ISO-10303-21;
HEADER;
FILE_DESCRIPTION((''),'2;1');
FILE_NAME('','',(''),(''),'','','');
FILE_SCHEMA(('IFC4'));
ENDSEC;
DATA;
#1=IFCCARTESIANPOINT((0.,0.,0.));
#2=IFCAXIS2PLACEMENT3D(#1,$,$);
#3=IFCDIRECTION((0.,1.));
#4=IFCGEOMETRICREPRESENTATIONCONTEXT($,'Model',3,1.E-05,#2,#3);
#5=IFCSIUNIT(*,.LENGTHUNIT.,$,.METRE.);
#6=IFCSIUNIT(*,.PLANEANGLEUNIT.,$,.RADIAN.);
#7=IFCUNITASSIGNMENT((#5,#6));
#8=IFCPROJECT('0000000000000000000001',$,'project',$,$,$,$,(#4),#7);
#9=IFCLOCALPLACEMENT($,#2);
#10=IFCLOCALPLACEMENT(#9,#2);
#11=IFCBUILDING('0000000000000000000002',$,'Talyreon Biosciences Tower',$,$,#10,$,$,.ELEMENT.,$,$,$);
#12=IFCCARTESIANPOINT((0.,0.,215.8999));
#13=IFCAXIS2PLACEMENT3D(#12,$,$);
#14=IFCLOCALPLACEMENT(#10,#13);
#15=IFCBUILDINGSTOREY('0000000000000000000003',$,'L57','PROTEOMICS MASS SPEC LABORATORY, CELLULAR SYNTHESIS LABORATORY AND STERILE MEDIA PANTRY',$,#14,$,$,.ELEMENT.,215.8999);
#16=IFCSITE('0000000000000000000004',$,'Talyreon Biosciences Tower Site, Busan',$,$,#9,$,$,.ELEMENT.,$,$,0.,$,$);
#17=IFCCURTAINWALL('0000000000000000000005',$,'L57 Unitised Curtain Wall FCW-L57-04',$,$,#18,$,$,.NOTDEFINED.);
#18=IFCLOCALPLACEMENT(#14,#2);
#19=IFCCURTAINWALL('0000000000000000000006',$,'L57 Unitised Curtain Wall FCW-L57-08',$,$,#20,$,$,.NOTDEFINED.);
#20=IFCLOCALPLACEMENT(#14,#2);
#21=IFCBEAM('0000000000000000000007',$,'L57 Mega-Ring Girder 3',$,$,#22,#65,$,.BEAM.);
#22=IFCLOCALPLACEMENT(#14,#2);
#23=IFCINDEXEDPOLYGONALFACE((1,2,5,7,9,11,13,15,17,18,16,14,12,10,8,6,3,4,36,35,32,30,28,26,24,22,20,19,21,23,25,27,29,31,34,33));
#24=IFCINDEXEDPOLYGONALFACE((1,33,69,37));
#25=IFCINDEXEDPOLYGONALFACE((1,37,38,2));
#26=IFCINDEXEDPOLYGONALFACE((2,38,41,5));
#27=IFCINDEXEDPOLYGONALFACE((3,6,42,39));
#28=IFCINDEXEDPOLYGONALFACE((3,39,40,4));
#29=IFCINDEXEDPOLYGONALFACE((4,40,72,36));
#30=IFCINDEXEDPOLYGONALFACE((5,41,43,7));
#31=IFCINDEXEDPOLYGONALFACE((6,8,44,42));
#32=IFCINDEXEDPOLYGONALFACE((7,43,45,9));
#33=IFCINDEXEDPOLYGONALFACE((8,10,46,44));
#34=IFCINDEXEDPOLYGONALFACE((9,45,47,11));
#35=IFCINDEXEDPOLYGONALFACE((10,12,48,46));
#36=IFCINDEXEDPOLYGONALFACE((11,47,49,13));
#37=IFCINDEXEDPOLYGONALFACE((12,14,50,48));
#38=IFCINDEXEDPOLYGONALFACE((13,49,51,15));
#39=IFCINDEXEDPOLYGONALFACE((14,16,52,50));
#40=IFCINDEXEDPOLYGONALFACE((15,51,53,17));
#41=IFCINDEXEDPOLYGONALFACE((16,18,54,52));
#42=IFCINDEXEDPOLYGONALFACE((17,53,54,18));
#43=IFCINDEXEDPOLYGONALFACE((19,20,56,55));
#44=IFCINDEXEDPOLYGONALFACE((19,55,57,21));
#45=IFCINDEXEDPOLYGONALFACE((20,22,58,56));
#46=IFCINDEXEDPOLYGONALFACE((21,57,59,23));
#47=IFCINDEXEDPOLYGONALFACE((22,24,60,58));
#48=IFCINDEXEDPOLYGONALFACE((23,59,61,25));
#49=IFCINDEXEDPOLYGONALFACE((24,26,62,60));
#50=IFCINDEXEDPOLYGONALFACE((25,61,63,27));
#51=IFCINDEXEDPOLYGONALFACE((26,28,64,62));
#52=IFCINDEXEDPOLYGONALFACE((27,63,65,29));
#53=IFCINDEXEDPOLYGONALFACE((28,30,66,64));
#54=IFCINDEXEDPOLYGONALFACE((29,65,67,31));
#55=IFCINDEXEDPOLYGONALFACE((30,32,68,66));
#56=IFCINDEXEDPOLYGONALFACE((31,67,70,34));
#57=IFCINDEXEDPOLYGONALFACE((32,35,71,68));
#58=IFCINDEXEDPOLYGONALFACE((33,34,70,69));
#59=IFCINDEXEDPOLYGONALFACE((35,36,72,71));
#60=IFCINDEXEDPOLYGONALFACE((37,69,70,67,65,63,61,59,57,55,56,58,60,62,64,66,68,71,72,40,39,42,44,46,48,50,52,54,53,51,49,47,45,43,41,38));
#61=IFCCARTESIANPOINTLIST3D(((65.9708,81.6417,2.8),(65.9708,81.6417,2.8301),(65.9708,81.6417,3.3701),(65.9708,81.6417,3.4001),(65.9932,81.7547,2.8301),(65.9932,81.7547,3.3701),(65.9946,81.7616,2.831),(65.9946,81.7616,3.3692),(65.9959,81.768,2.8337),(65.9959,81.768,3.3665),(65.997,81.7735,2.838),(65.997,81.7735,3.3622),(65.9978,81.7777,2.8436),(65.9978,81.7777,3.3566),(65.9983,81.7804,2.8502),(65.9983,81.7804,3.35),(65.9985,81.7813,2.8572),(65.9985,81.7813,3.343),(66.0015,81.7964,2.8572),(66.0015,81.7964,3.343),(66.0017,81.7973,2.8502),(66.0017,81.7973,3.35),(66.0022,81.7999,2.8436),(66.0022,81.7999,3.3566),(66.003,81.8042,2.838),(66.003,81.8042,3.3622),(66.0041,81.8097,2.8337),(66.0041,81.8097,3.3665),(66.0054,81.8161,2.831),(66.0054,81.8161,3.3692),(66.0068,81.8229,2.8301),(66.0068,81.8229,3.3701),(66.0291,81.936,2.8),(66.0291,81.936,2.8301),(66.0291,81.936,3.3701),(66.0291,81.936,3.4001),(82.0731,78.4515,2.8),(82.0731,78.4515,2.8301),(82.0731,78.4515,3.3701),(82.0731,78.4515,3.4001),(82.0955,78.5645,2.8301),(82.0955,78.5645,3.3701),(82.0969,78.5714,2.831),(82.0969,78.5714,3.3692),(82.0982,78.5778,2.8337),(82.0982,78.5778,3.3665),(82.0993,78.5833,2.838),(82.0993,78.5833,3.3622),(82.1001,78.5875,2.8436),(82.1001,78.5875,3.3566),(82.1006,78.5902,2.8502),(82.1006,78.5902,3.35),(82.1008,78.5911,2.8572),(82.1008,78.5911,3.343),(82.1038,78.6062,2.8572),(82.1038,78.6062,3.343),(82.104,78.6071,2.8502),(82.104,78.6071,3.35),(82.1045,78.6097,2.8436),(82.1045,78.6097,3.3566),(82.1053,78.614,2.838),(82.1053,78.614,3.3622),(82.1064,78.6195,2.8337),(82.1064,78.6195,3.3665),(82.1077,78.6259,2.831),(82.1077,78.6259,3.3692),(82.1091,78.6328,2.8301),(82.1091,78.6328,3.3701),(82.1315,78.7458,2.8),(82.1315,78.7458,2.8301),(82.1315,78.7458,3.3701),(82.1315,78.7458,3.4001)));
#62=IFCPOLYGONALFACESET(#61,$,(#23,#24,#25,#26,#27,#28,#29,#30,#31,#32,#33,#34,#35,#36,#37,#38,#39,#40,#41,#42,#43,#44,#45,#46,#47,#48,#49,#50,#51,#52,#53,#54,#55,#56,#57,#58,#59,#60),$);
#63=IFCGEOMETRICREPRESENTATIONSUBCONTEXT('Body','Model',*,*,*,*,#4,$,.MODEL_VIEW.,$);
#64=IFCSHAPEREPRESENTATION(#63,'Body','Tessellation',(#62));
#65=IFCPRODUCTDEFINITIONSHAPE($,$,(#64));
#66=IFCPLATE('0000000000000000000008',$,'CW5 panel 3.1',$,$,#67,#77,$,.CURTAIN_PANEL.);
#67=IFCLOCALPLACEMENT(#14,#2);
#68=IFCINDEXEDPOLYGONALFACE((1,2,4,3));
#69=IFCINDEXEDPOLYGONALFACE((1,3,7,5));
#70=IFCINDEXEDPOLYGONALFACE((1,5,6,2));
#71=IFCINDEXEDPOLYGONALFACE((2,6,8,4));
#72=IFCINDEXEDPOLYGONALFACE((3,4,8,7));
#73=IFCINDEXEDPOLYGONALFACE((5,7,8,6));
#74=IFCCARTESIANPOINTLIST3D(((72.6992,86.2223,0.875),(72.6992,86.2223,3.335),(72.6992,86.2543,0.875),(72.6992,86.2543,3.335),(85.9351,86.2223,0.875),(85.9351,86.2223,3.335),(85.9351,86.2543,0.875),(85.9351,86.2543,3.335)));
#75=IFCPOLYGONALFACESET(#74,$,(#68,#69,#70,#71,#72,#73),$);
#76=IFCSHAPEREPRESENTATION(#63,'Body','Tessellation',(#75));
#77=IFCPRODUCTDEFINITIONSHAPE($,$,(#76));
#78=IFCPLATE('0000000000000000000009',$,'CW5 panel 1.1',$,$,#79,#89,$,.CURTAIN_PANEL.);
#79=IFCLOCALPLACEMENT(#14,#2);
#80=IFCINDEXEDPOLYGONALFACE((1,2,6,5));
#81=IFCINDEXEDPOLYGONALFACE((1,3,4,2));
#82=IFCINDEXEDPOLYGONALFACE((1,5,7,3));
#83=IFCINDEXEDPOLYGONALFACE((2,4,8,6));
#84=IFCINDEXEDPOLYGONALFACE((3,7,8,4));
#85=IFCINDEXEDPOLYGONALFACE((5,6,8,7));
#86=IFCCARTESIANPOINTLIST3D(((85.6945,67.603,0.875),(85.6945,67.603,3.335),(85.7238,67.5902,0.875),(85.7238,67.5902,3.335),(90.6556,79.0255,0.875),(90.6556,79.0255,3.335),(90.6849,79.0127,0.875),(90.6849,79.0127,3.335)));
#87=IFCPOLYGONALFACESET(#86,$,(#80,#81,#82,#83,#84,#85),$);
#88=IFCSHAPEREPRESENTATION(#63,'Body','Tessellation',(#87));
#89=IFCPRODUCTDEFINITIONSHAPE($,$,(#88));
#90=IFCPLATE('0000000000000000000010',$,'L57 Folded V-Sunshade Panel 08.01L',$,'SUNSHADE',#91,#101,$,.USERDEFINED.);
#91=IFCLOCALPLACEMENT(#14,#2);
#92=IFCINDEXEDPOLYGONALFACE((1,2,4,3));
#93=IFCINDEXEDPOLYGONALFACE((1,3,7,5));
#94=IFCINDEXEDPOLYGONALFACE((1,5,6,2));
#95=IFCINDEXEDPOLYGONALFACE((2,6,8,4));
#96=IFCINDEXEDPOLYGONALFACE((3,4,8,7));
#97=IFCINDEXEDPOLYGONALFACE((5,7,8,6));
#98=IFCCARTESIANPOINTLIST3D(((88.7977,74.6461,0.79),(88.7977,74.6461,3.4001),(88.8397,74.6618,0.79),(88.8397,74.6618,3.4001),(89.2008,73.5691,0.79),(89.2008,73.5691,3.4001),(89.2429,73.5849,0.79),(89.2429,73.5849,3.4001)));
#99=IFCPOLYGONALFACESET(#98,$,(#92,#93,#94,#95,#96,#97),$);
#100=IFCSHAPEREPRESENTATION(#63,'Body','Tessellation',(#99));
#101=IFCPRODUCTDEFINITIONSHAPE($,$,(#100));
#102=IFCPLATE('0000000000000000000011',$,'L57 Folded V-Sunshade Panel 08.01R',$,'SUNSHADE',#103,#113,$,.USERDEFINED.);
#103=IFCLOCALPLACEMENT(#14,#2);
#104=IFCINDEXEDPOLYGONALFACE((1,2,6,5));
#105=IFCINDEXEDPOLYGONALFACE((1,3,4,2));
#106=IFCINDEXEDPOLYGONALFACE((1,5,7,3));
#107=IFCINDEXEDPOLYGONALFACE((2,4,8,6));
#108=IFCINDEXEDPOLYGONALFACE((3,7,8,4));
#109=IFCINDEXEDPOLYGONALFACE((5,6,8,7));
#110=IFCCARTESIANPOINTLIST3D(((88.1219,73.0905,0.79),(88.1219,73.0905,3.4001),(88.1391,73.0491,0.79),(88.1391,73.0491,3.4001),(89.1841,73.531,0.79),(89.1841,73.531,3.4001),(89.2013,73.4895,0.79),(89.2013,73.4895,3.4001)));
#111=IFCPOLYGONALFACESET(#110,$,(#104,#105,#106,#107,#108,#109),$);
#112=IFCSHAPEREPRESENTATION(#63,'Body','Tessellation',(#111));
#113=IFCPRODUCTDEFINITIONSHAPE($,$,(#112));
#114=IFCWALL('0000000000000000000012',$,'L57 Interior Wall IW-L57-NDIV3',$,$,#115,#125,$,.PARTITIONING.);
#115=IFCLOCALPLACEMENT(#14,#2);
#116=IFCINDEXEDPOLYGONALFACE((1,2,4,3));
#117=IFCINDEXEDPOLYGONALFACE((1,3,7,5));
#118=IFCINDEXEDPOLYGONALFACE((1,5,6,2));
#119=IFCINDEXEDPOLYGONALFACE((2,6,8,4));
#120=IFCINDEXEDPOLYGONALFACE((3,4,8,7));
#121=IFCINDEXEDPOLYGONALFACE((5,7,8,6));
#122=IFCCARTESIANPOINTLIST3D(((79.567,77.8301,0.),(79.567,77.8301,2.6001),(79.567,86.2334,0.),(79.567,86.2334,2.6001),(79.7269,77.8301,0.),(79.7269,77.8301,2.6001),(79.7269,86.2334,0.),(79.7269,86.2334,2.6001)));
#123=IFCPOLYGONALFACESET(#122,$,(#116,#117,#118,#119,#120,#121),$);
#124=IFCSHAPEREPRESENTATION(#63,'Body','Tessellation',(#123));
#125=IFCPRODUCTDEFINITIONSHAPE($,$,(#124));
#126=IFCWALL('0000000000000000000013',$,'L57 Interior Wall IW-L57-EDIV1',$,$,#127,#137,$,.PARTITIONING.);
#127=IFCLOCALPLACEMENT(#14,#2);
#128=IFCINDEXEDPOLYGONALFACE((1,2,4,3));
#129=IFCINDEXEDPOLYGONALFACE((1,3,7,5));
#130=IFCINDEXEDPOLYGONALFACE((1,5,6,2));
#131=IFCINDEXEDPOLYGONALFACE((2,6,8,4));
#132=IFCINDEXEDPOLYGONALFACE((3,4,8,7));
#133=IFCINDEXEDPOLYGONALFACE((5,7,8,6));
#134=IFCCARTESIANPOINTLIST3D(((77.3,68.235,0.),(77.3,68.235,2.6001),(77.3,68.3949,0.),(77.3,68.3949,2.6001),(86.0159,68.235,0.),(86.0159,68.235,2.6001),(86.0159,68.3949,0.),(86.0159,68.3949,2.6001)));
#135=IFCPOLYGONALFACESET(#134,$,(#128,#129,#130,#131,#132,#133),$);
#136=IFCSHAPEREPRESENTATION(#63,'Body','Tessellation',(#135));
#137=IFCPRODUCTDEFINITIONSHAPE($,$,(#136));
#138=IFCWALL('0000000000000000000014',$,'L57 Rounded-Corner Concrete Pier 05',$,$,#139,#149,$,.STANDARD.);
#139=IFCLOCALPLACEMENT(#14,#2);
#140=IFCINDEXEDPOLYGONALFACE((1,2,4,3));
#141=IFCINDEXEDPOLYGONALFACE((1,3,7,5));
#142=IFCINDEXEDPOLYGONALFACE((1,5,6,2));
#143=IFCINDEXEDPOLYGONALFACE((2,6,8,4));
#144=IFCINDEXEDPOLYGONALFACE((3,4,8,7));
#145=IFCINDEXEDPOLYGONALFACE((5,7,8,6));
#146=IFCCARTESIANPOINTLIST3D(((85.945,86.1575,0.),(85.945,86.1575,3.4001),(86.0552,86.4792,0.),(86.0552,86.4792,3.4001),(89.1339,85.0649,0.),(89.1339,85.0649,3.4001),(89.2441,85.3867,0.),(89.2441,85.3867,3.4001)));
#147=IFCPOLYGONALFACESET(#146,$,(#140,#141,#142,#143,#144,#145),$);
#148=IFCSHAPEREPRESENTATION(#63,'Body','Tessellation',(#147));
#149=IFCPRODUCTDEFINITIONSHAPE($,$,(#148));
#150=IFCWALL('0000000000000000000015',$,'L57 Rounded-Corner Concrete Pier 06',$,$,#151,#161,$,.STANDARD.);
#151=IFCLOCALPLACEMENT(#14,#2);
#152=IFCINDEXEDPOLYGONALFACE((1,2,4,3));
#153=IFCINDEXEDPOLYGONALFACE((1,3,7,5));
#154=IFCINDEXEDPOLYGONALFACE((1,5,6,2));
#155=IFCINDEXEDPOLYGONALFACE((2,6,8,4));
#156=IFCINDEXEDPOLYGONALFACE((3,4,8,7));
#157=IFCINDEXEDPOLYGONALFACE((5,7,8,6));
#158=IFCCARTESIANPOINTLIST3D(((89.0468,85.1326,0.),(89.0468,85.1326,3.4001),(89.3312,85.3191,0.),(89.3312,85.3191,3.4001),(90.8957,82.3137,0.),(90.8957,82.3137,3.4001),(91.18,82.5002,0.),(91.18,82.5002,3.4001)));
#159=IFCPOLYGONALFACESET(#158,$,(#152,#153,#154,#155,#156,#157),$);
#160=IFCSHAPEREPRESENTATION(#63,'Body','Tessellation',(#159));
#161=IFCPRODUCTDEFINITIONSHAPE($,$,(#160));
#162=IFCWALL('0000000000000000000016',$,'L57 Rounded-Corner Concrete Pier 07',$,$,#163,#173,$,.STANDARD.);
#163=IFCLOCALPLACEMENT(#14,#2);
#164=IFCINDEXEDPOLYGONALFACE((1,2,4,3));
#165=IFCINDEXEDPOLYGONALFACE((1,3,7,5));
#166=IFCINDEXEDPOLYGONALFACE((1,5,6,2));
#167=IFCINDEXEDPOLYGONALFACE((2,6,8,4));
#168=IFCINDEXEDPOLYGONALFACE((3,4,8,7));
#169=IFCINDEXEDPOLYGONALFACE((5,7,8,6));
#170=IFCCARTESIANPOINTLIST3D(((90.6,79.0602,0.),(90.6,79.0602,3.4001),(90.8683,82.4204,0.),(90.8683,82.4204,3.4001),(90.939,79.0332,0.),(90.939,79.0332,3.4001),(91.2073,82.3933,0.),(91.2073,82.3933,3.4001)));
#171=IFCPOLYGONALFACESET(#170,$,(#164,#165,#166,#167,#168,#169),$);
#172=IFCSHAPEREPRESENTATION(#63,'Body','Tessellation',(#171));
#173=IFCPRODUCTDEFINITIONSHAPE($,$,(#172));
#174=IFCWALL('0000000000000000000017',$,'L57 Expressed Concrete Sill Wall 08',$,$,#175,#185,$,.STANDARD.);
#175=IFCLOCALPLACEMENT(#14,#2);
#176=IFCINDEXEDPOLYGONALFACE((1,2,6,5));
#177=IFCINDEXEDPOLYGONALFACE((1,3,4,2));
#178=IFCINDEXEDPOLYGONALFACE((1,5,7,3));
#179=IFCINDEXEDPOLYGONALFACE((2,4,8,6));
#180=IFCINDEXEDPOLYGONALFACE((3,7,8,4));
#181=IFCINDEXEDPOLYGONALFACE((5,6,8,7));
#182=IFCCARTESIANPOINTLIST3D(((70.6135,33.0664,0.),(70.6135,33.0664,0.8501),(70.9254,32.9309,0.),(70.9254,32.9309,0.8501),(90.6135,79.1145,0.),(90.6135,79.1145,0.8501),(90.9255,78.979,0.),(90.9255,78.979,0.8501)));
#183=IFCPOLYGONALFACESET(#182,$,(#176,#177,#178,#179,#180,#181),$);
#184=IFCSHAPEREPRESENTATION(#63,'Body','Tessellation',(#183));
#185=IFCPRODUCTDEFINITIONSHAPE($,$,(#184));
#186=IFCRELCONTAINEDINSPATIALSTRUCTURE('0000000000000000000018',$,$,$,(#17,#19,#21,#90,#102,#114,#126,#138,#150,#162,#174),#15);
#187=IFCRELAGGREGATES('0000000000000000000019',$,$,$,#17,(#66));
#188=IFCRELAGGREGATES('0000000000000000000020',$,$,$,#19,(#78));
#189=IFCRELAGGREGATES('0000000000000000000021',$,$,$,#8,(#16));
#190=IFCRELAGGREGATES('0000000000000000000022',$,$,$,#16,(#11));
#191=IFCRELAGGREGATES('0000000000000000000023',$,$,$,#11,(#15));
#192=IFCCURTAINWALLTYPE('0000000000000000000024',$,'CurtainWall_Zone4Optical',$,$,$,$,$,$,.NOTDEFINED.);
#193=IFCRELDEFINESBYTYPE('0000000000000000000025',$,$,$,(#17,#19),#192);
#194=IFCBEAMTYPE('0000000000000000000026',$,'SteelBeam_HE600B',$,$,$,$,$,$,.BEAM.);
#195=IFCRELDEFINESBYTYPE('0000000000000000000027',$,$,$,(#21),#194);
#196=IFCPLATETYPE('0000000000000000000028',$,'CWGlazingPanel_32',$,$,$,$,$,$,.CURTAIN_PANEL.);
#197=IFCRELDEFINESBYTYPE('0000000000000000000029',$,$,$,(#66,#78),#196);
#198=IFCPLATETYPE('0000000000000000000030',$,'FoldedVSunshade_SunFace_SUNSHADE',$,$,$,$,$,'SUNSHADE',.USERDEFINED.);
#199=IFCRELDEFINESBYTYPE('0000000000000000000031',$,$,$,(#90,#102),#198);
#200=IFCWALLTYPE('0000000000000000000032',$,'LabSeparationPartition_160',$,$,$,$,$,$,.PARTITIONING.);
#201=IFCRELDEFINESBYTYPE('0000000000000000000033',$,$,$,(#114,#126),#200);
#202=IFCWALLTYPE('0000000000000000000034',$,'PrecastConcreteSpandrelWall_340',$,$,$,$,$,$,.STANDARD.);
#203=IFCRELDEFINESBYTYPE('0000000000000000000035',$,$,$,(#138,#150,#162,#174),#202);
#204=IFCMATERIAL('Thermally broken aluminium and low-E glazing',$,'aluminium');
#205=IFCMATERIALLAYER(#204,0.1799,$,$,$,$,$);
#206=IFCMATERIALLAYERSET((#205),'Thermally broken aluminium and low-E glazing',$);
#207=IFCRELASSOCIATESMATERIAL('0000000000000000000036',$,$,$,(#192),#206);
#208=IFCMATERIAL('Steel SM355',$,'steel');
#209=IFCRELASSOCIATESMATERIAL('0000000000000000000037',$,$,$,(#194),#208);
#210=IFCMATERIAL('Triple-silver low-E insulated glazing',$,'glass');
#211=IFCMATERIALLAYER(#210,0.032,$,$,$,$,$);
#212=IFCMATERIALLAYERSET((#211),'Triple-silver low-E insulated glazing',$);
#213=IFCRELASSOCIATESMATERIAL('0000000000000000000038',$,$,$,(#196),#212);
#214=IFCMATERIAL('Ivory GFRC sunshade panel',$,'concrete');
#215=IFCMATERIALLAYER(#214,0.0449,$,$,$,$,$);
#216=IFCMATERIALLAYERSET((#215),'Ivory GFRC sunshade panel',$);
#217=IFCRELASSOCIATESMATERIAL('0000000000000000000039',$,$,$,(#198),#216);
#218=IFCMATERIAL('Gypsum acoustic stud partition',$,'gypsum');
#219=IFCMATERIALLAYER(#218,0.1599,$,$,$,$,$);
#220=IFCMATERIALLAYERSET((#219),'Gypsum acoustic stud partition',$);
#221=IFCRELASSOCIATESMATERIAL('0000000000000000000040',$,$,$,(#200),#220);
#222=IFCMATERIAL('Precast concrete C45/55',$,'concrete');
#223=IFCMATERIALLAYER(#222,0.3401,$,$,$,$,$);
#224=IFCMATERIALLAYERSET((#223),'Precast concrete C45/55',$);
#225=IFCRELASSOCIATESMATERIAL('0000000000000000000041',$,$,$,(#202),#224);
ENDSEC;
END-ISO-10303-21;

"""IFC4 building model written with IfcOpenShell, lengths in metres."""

from ifc_helpers import new_model, si_unit, direction, frame, frame_2d, origin, origin_2d, place, context, subcontext, project, spatial, rectangle, i_section, extrude, material, layer, layer_set, material_profile, profile_set, type_object, element, aggregate, save


model = new_model("IFC4")

# Units and contexts
model_context = context("Model", 3, precision=1e-05, world=origin(), true_north=direction((0.0, 1.0)))
body_context = subcontext(model_context, "Body", "Model", "MODEL_VIEW")
ifc_project = project(units=[si_unit("LENGTHUNIT", "METRE"), si_unit("PLANEANGLEUNIT", "RADIAN")], contexts=[model_context])

# Site, building, storey
site_placement = place(None, origin())
site = spatial("IfcSite", under=ifc_project, at=site_placement, Name="Talyreon Biosciences Tower Site, Busan", CompositionType="ELEMENT", RefElevation=0.0)
building_placement = place(site_placement, origin())
building = spatial("IfcBuilding", under=site, at=building_placement, Name="Talyreon Biosciences Tower", CompositionType="ELEMENT")
storey_placement = place(building_placement, frame((0.0, 0.0, 215.8999)))
storey = spatial("IfcBuildingStorey", under=building, at=storey_placement, Name="L57", Description="PROTEOMICS MASS SPEC LABORATORY, CELLULAR SYNTHESIS LABORATORY AND STERILE MEDIA PANTRY", CompositionType="ELEMENT", Elevation=215.8999)

# Curtain wall
ifc_material_1 = material(Name="Thermally broken aluminium and low-E glazing", Category="aluminium")
ifc_layer_1 = layer(ifc_material_1, 0.1799)
ifc_layer_set_1 = layer_set([ifc_layer_1], Name="Thermally broken aluminium and low-E glazing")
curtain_wall_type = type_object("IfcCurtainWallType", Name="CurtainWall_Zone4Optical", PredefinedType="NOTDEFINED", material=ifc_layer_set_1)
curtain_wall_1_placement = place(storey_placement, origin())
curtain_wall_1 = element("IfcCurtainWall", 1, at=curtain_wall_1_placement, inside=storey, type_object=curtain_wall_type, Name="L57 Unitised Curtain Wall FCW-L57-04", PredefinedType="NOTDEFINED")

# Curtain wall
curtain_wall_2_placement = place(storey_placement, origin())
curtain_wall_2 = element("IfcCurtainWall", 2, at=curtain_wall_2_placement, inside=storey, type_object=curtain_wall_type, Name="L57 Unitised Curtain Wall FCW-L57-08", PredefinedType="NOTDEFINED")

# Beam
ifc_material_2 = material(Name="Precast concrete C45/55", Category="concrete")
ifc_material_3 = material(Name="Steel SM355", Category="steel")
ifc_material_profile_1 = material_profile(ifc_material_3, i_section(OverallWidth=0.3, OverallDepth=0.6001, WebThickness=0.0154, FlangeThickness=0.03, FilletRadius=0.0271, at=origin_2d()), Name="HE600B")
ifc_profile_set_1 = profile_set([ifc_material_profile_1], Name="Steel SM355")
beam_type_1 = type_object("IfcBeamType", Name="SteelBeam_HE600B", PredefinedType="BEAM", material=ifc_profile_set_1)
beam_1_placement = place(storey_placement, frame((82.1023, 78.5986, 3.1001), z_axis=(-0.980934, 0.194343, 0.0), x_axis=(-0.194343, -0.980934, 0.0)))
element("IfcBeam", 3, at=beam_1_placement, inside=storey, type_object=beam_type_1, Name="L57 Mega-Ring Girder 3", PredefinedType="BEAM", context=body_context, shape_type="SweptSolid", body=[
    extrude(i_section(OverallWidth=0.3, OverallDepth=0.6001, WebThickness=0.0154, FlangeThickness=0.03, FilletRadius=0.0271, at=origin_2d()), origin(), (0.0, 0.0, 1.0), 16.4153),
])

# Plates
ifc_material_4 = material(Name="Triple-silver low-E insulated glazing", Category="glass")
ifc_layer_2 = layer(ifc_material_4, 0.032)
ifc_layer_set_2 = layer_set([ifc_layer_2], Name="Triple-silver low-E insulated glazing")
plate_type_1 = type_object("IfcPlateType", Name="CWGlazingPanel_32", PredefinedType="CURTAIN_PANEL", material=ifc_layer_set_2)
plate_1_placement = place(storey_placement, frame((79.3171, 86.2383, 0.875), z_axis=(0.0, 0.0, 1.0), x_axis=(1.0, 0.0, 0.0)))
plate_1 = element("IfcPlate", 4, at=plate_1_placement, type_object=plate_type_1, Name="CW5 panel 3.1", PredefinedType="CURTAIN_PANEL", context=body_context, shape_type="SweptSolid", body=[
    extrude(rectangle(XDim=13.2358, YDim=0.032, at=origin_2d()), origin(), (0.0, 0.0, 1.0), 2.46),
])
aggregate(curtain_wall_1, [plate_1])
plate_2_placement = place(storey_placement, frame((88.1897, 73.3079, 0.875), z_axis=(0.0, 0.0, 1.0), x_axis=(-0.398376, -0.917222, 0.0)))
plate_2 = element("IfcPlate", 5, at=plate_2_placement, type_object=plate_type_1, Name="CW5 panel 1.1", PredefinedType="CURTAIN_PANEL", context=body_context, shape_type="SweptSolid", body=[
    extrude(rectangle(XDim=12.4534, YDim=0.032, at=origin_2d()), origin(), (0.0, 0.0, 1.0), 2.46),
])
aggregate(curtain_wall_2, [plate_2])

# Plates
ifc_material_5 = material(Name="Ivory GFRC sunshade panel", Category="concrete")
ifc_layer_3 = layer(ifc_material_5, 0.0449)
ifc_layer_set_3 = layer_set([ifc_layer_3], Name="Ivory GFRC sunshade panel")
plate_type_2 = type_object("IfcPlateType", Name="FoldedVSunshade_SunFace_SUNSHADE", ElementType="SUNSHADE", PredefinedType="USERDEFINED", material=ifc_layer_set_3)
for number, where, z_axis, x_axis, name in (
    (6, (89.0203, 74.1155, 0.79), (0.0, 0.0, 1.0), (0.350583, -0.936532, 0.0), "L57 Folded V-Sunshade Panel 08.01L"),
    (7, (88.6616, 73.29, 0.79), (0.0, 0.0, 1.0), (-0.923726, -0.383054, 0.0), "L57 Folded V-Sunshade Panel 08.01R"),
):
    element("IfcPlate", number, at=place(storey_placement, frame(where, z_axis=z_axis, x_axis=x_axis)), inside=storey, type_object=plate_type_2, Name=name, ObjectType="SUNSHADE", PredefinedType="USERDEFINED", context=body_context, shape_type="SweptSolid", body=[
        extrude(rectangle(XDim=1.1499, YDim=0.0449, at=origin_2d()), origin(), (0.0, 0.0, 1.0), 2.6101),
    ])

# Walls
ifc_material_6 = material(Name="Gypsum acoustic stud partition", Category="gypsum")
ifc_layer_4 = layer(ifc_material_6, 0.1599)
ifc_layer_set_4 = layer_set([ifc_layer_4], Name="Gypsum acoustic stud partition")
wall_type_1 = type_object("IfcWallType", Name="LabSeparationPartition_160", PredefinedType="PARTITIONING", material=ifc_layer_set_4)
wall_1_placement = place(storey_placement, frame((79.647, 77.8301, 0.0), z_axis=(0.0, 0.0, 1.0), x_axis=(0.0, 1.0, 0.0)))
element("IfcWall", 8, at=wall_1_placement, inside=storey, type_object=wall_type_1, Name="L57 Interior Wall IW-L57-NDIV3", PredefinedType="PARTITIONING", context=body_context, shape_type="SweptSolid", body=[
    extrude(rectangle(XDim=8.4033, YDim=0.1599, at=frame_2d((4.2017, 0.0))), origin(), (0.0, 0.0, 1.0), 2.6001),
])
wall_2_placement = place(storey_placement, frame((77.3, 68.3149, 0.0), z_axis=(0.0, 0.0, 1.0), x_axis=(1.0, 0.0, 0.0)))
element("IfcWall", 9, at=wall_2_placement, inside=storey, type_object=wall_type_1, Name="L57 Interior Wall IW-L57-EDIV1", PredefinedType="PARTITIONING", context=body_context, shape_type="SweptSolid", body=[
    extrude(rectangle(XDim=8.7158, YDim=0.1599, at=frame_2d((4.3579, 0.0))), origin(), (0.0, 0.0, 1.0), 2.6001),
])
ifc_layer_5 = layer(ifc_material_2, 0.3401)
ifc_layer_set_5 = layer_set([ifc_layer_5], Name="Precast concrete C45/55")
wall_type_2 = type_object("IfcWallType", Name="PrecastConcreteSpandrelWall_340", PredefinedType="STANDARD", material=ifc_layer_set_5)
wall_3_placement = place(storey_placement, frame((86.0, 86.3184, 0.0), z_axis=(0.0, 0.0, 1.0), x_axis=(0.946021, -0.324104, 0.0)))
element("IfcWall", 10, at=wall_3_placement, inside=storey, type_object=wall_type_2, Name="L57 Rounded-Corner Concrete Pier 05", PredefinedType="STANDARD", context=body_context, shape_type="SweptSolid", body=[
    extrude(rectangle(XDim=3.3708, YDim=0.3401, at=frame_2d((1.6855, 0.0))), origin(), (0.0, 0.0, 1.0), 3.4001),
])
wall_4_placement = place(storey_placement, frame((89.189, 85.2258, 0.0), z_axis=(0.0, 0.0, 1.0), x_axis=(0.548451, -0.836183, 0.0)))
element("IfcWall", 11, at=wall_4_placement, inside=storey, type_object=wall_type_2, Name="L57 Rounded-Corner Concrete Pier 06", PredefinedType="STANDARD", context=body_context, shape_type="SweptSolid", body=[
    extrude(rectangle(XDim=3.3711, YDim=0.3401, at=frame_2d((1.6855, 0.0))), origin(), (0.0, 0.0, 1.0), 3.4001),
])
wall_5_placement = place(storey_placement, frame((91.0378, 82.407, 0.0), z_axis=(0.0, 0.0, 1.0), x_axis=(-0.079598, -0.996827, 0.0)))
element("IfcWall", 12, at=wall_5_placement, inside=storey, type_object=wall_type_2, Name="L57 Rounded-Corner Concrete Pier 07", PredefinedType="STANDARD", context=body_context, shape_type="SweptSolid", body=[
    extrude(rectangle(XDim=3.3708, YDim=0.3401, at=frame_2d((1.6855, 0.0))), origin(), (0.0, 0.0, 1.0), 3.4001),
])
wall_6_placement = place(storey_placement, frame((90.7695, 79.0469, 0.0), z_axis=(0.0, 0.0, 1.0), x_axis=(-0.398376, -0.917222, 0.0)))
element("IfcWall", 13, at=wall_6_placement, inside=storey, type_object=wall_type_2, Name="L57 Expressed Concrete Sill Wall 08", PredefinedType="STANDARD", context=body_context, shape_type="SweptSolid", body=[
    extrude(rectangle(XDim=50.2039, YDim=0.3401, at=frame_2d((25.1021, 0.0))), origin(), (0.0, 0.0, 1.0), 0.8501),
])

save(model, "model.ifc")
